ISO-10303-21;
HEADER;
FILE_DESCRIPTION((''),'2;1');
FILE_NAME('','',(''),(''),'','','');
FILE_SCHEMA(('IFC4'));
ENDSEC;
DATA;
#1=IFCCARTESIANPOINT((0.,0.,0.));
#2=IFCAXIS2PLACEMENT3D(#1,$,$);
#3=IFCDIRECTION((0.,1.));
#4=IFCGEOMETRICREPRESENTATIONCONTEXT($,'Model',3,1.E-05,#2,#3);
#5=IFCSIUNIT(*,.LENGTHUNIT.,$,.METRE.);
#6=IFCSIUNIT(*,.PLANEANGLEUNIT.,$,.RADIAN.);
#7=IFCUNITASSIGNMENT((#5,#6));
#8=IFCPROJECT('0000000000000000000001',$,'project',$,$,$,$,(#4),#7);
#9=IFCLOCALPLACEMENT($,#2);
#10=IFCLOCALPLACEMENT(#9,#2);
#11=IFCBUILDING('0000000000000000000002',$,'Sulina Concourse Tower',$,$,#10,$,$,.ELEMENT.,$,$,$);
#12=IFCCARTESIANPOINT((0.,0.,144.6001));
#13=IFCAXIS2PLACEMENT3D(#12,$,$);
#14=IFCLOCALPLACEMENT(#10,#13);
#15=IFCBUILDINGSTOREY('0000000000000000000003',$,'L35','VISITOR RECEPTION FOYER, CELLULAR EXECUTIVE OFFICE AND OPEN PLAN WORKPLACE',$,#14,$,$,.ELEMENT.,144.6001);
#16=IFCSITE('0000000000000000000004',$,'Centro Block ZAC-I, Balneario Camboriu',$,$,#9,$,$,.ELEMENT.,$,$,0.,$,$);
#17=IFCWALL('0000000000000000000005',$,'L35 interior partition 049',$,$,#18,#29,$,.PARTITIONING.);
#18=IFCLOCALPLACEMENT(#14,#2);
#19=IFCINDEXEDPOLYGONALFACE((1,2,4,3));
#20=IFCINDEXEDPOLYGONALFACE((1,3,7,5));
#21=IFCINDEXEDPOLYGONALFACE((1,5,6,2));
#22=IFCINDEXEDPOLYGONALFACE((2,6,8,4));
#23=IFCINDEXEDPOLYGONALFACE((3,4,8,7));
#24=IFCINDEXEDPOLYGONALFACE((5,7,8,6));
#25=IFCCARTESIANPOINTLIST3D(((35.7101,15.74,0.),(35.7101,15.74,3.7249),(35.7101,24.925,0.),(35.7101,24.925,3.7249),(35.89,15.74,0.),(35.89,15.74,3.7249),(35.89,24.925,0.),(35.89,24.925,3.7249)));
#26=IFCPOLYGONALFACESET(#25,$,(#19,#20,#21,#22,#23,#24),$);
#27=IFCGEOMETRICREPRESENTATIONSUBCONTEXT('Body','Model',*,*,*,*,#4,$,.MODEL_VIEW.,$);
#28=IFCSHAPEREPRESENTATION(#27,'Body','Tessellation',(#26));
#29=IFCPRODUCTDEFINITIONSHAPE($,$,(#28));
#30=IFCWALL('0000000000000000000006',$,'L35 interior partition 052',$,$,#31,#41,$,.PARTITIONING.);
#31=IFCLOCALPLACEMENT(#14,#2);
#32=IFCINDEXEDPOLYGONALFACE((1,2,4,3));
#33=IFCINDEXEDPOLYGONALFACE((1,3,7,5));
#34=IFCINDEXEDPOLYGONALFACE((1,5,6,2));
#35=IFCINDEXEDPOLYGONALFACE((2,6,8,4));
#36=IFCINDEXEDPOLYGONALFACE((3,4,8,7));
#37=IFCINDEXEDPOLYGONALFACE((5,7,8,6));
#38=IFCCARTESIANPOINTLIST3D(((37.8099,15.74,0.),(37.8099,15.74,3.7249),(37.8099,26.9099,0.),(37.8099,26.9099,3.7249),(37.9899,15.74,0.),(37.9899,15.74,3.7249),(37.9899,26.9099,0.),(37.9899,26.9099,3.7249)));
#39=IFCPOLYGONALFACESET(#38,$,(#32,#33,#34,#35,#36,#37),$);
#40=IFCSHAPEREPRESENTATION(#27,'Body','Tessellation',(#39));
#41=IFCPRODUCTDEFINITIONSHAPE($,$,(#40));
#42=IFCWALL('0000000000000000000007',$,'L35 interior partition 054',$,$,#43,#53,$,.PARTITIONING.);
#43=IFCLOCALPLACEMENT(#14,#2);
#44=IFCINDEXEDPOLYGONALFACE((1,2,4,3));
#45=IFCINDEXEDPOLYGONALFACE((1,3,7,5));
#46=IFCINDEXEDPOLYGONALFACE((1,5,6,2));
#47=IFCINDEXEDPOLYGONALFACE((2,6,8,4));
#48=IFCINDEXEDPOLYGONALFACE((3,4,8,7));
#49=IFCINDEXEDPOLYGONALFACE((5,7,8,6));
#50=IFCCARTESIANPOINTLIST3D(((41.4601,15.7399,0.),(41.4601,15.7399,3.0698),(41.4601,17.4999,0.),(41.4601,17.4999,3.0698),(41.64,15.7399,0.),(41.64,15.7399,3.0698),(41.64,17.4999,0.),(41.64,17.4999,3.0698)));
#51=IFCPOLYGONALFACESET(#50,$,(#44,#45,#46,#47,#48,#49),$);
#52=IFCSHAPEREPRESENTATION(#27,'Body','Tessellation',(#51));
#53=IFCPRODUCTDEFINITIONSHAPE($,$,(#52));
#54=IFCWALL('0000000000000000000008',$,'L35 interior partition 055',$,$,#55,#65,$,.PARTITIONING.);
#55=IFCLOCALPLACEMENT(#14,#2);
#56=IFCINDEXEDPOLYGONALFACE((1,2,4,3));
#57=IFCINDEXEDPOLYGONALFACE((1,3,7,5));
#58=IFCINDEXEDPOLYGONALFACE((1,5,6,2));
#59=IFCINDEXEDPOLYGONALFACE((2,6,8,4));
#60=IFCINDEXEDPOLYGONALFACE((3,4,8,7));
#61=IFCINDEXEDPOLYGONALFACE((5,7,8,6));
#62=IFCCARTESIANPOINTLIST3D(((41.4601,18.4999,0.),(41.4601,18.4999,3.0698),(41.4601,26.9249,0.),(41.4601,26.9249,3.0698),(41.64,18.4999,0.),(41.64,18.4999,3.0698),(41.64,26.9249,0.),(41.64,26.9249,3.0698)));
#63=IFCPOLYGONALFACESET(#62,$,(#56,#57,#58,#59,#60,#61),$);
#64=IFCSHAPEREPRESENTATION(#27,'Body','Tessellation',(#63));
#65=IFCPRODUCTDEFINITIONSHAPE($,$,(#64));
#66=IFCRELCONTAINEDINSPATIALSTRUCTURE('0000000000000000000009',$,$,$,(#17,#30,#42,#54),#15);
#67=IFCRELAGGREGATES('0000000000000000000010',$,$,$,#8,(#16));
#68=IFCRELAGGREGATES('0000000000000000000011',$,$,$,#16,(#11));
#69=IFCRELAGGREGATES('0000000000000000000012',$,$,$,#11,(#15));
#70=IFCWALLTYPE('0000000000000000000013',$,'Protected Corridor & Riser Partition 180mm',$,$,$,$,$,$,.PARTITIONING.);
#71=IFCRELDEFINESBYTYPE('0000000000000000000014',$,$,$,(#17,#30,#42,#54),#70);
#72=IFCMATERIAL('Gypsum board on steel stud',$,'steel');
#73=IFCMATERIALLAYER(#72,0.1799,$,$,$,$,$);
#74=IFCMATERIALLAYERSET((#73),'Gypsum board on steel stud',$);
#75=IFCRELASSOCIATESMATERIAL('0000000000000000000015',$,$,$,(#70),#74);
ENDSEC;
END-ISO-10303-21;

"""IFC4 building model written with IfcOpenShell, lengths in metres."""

from ifc_helpers import new_model, si_unit, direction, frame, frame_2d, origin, place, context, subcontext, project, spatial, rectangle, extrude, material, layer, layer_set, type_object, element, save


model = new_model("IFC4")

# Units and contexts
model_context = context("Model", 3, precision=1e-05, world=origin(), true_north=direction((0.0, 1.0)))
body_context = subcontext(model_context, "Body", "Model", "MODEL_VIEW")
ifc_project = project(units=[si_unit("LENGTHUNIT", "METRE"), si_unit("PLANEANGLEUNIT", "RADIAN")], contexts=[model_context])

# Site, building, storey
site_placement = place(None, origin())
site = spatial("IfcSite", under=ifc_project, at=site_placement, Name="Centro Block ZAC-I, Balneario Camboriu", CompositionType="ELEMENT", RefElevation=0.0)
building_placement = place(site_placement, origin())
building = spatial("IfcBuilding", under=site, at=building_placement, Name="Sulina Concourse Tower", CompositionType="ELEMENT")
storey_placement = place(building_placement, frame((0.0, 0.0, 144.6001)))
storey = spatial("IfcBuildingStorey", under=building, at=storey_placement, Name="L35", Description="VISITOR RECEPTION FOYER, CELLULAR EXECUTIVE OFFICE AND OPEN PLAN WORKPLACE", CompositionType="ELEMENT", Elevation=144.6001)

# Shared definitions
ifc_material_1 = material(Name="Gypsum board on steel stud", Category="steel")
ifc_layer_1 = layer(ifc_material_1, 0.1799)
ifc_layer_set_1 = layer_set([ifc_layer_1], Name="Gypsum board on steel stud")
wall_type = type_object("IfcWallType", Name="Protected Corridor & Riser Partition 180mm", PredefinedType="PARTITIONING", material=ifc_layer_set_1)

# Wall
wall_1_placement = place(storey_placement, frame((35.8, 15.74, 0.0), z_axis=(0.0, 0.0, 1.0), x_axis=(0.0, 1.0, 0.0)))
element("IfcWall", 1, at=wall_1_placement, inside=storey, type_object=wall_type, Name="L35 interior partition 049", PredefinedType="PARTITIONING", context=body_context, shape_type="SweptSolid", body=[
    extrude(rectangle(XDim=9.1851, YDim=0.1799, at=frame_2d((4.5925, 0.0))), origin(), (0.0, 0.0, 1.0), 3.7249),
])

# Walls
wall_2_placement = place(storey_placement, frame((37.8999, 15.74, 0.0), z_axis=(0.0, 0.0, 1.0), x_axis=(0.0, 1.0, 0.0)))
element("IfcWall", 2, at=wall_2_placement, inside=storey, type_object=wall_type, Name="L35 interior partition 052", PredefinedType="PARTITIONING", context=body_context, shape_type="SweptSolid", body=[
    extrude(rectangle(XDim=11.1699, YDim=0.1799, at=frame_2d((5.585, 0.0))), origin(), (0.0, 0.0, 1.0), 3.7249),
])
wall_3_placement = place(storey_placement, frame((41.55, 15.74, 0.0), z_axis=(0.0, 0.0, 1.0), x_axis=(0.0, 1.0, 0.0)))
element("IfcWall", 3, at=wall_3_placement, inside=storey, type_object=wall_type, Name="L35 interior partition 054", PredefinedType="PARTITIONING", context=body_context, shape_type="SweptSolid", body=[
    extrude(rectangle(XDim=1.76, YDim=0.1799, at=frame_2d((0.8799, 0.0))), origin(), (0.0, 0.0, 1.0), 3.0698),
])
wall_4_placement = place(storey_placement, frame((41.55, 18.5, 0.0), z_axis=(0.0, 0.0, 1.0), x_axis=(0.0, 1.0, 0.0)))
element("IfcWall", 4, at=wall_4_placement, inside=storey, type_object=wall_type, Name="L35 interior partition 055", PredefinedType="PARTITIONING", context=body_context, shape_type="SweptSolid", body=[
    extrude(rectangle(XDim=8.425, YDim=0.1799, at=frame_2d((4.2124, 0.0))), origin(), (0.0, 0.0, 1.0), 3.0698),
])

save(model, "model.ifc")
